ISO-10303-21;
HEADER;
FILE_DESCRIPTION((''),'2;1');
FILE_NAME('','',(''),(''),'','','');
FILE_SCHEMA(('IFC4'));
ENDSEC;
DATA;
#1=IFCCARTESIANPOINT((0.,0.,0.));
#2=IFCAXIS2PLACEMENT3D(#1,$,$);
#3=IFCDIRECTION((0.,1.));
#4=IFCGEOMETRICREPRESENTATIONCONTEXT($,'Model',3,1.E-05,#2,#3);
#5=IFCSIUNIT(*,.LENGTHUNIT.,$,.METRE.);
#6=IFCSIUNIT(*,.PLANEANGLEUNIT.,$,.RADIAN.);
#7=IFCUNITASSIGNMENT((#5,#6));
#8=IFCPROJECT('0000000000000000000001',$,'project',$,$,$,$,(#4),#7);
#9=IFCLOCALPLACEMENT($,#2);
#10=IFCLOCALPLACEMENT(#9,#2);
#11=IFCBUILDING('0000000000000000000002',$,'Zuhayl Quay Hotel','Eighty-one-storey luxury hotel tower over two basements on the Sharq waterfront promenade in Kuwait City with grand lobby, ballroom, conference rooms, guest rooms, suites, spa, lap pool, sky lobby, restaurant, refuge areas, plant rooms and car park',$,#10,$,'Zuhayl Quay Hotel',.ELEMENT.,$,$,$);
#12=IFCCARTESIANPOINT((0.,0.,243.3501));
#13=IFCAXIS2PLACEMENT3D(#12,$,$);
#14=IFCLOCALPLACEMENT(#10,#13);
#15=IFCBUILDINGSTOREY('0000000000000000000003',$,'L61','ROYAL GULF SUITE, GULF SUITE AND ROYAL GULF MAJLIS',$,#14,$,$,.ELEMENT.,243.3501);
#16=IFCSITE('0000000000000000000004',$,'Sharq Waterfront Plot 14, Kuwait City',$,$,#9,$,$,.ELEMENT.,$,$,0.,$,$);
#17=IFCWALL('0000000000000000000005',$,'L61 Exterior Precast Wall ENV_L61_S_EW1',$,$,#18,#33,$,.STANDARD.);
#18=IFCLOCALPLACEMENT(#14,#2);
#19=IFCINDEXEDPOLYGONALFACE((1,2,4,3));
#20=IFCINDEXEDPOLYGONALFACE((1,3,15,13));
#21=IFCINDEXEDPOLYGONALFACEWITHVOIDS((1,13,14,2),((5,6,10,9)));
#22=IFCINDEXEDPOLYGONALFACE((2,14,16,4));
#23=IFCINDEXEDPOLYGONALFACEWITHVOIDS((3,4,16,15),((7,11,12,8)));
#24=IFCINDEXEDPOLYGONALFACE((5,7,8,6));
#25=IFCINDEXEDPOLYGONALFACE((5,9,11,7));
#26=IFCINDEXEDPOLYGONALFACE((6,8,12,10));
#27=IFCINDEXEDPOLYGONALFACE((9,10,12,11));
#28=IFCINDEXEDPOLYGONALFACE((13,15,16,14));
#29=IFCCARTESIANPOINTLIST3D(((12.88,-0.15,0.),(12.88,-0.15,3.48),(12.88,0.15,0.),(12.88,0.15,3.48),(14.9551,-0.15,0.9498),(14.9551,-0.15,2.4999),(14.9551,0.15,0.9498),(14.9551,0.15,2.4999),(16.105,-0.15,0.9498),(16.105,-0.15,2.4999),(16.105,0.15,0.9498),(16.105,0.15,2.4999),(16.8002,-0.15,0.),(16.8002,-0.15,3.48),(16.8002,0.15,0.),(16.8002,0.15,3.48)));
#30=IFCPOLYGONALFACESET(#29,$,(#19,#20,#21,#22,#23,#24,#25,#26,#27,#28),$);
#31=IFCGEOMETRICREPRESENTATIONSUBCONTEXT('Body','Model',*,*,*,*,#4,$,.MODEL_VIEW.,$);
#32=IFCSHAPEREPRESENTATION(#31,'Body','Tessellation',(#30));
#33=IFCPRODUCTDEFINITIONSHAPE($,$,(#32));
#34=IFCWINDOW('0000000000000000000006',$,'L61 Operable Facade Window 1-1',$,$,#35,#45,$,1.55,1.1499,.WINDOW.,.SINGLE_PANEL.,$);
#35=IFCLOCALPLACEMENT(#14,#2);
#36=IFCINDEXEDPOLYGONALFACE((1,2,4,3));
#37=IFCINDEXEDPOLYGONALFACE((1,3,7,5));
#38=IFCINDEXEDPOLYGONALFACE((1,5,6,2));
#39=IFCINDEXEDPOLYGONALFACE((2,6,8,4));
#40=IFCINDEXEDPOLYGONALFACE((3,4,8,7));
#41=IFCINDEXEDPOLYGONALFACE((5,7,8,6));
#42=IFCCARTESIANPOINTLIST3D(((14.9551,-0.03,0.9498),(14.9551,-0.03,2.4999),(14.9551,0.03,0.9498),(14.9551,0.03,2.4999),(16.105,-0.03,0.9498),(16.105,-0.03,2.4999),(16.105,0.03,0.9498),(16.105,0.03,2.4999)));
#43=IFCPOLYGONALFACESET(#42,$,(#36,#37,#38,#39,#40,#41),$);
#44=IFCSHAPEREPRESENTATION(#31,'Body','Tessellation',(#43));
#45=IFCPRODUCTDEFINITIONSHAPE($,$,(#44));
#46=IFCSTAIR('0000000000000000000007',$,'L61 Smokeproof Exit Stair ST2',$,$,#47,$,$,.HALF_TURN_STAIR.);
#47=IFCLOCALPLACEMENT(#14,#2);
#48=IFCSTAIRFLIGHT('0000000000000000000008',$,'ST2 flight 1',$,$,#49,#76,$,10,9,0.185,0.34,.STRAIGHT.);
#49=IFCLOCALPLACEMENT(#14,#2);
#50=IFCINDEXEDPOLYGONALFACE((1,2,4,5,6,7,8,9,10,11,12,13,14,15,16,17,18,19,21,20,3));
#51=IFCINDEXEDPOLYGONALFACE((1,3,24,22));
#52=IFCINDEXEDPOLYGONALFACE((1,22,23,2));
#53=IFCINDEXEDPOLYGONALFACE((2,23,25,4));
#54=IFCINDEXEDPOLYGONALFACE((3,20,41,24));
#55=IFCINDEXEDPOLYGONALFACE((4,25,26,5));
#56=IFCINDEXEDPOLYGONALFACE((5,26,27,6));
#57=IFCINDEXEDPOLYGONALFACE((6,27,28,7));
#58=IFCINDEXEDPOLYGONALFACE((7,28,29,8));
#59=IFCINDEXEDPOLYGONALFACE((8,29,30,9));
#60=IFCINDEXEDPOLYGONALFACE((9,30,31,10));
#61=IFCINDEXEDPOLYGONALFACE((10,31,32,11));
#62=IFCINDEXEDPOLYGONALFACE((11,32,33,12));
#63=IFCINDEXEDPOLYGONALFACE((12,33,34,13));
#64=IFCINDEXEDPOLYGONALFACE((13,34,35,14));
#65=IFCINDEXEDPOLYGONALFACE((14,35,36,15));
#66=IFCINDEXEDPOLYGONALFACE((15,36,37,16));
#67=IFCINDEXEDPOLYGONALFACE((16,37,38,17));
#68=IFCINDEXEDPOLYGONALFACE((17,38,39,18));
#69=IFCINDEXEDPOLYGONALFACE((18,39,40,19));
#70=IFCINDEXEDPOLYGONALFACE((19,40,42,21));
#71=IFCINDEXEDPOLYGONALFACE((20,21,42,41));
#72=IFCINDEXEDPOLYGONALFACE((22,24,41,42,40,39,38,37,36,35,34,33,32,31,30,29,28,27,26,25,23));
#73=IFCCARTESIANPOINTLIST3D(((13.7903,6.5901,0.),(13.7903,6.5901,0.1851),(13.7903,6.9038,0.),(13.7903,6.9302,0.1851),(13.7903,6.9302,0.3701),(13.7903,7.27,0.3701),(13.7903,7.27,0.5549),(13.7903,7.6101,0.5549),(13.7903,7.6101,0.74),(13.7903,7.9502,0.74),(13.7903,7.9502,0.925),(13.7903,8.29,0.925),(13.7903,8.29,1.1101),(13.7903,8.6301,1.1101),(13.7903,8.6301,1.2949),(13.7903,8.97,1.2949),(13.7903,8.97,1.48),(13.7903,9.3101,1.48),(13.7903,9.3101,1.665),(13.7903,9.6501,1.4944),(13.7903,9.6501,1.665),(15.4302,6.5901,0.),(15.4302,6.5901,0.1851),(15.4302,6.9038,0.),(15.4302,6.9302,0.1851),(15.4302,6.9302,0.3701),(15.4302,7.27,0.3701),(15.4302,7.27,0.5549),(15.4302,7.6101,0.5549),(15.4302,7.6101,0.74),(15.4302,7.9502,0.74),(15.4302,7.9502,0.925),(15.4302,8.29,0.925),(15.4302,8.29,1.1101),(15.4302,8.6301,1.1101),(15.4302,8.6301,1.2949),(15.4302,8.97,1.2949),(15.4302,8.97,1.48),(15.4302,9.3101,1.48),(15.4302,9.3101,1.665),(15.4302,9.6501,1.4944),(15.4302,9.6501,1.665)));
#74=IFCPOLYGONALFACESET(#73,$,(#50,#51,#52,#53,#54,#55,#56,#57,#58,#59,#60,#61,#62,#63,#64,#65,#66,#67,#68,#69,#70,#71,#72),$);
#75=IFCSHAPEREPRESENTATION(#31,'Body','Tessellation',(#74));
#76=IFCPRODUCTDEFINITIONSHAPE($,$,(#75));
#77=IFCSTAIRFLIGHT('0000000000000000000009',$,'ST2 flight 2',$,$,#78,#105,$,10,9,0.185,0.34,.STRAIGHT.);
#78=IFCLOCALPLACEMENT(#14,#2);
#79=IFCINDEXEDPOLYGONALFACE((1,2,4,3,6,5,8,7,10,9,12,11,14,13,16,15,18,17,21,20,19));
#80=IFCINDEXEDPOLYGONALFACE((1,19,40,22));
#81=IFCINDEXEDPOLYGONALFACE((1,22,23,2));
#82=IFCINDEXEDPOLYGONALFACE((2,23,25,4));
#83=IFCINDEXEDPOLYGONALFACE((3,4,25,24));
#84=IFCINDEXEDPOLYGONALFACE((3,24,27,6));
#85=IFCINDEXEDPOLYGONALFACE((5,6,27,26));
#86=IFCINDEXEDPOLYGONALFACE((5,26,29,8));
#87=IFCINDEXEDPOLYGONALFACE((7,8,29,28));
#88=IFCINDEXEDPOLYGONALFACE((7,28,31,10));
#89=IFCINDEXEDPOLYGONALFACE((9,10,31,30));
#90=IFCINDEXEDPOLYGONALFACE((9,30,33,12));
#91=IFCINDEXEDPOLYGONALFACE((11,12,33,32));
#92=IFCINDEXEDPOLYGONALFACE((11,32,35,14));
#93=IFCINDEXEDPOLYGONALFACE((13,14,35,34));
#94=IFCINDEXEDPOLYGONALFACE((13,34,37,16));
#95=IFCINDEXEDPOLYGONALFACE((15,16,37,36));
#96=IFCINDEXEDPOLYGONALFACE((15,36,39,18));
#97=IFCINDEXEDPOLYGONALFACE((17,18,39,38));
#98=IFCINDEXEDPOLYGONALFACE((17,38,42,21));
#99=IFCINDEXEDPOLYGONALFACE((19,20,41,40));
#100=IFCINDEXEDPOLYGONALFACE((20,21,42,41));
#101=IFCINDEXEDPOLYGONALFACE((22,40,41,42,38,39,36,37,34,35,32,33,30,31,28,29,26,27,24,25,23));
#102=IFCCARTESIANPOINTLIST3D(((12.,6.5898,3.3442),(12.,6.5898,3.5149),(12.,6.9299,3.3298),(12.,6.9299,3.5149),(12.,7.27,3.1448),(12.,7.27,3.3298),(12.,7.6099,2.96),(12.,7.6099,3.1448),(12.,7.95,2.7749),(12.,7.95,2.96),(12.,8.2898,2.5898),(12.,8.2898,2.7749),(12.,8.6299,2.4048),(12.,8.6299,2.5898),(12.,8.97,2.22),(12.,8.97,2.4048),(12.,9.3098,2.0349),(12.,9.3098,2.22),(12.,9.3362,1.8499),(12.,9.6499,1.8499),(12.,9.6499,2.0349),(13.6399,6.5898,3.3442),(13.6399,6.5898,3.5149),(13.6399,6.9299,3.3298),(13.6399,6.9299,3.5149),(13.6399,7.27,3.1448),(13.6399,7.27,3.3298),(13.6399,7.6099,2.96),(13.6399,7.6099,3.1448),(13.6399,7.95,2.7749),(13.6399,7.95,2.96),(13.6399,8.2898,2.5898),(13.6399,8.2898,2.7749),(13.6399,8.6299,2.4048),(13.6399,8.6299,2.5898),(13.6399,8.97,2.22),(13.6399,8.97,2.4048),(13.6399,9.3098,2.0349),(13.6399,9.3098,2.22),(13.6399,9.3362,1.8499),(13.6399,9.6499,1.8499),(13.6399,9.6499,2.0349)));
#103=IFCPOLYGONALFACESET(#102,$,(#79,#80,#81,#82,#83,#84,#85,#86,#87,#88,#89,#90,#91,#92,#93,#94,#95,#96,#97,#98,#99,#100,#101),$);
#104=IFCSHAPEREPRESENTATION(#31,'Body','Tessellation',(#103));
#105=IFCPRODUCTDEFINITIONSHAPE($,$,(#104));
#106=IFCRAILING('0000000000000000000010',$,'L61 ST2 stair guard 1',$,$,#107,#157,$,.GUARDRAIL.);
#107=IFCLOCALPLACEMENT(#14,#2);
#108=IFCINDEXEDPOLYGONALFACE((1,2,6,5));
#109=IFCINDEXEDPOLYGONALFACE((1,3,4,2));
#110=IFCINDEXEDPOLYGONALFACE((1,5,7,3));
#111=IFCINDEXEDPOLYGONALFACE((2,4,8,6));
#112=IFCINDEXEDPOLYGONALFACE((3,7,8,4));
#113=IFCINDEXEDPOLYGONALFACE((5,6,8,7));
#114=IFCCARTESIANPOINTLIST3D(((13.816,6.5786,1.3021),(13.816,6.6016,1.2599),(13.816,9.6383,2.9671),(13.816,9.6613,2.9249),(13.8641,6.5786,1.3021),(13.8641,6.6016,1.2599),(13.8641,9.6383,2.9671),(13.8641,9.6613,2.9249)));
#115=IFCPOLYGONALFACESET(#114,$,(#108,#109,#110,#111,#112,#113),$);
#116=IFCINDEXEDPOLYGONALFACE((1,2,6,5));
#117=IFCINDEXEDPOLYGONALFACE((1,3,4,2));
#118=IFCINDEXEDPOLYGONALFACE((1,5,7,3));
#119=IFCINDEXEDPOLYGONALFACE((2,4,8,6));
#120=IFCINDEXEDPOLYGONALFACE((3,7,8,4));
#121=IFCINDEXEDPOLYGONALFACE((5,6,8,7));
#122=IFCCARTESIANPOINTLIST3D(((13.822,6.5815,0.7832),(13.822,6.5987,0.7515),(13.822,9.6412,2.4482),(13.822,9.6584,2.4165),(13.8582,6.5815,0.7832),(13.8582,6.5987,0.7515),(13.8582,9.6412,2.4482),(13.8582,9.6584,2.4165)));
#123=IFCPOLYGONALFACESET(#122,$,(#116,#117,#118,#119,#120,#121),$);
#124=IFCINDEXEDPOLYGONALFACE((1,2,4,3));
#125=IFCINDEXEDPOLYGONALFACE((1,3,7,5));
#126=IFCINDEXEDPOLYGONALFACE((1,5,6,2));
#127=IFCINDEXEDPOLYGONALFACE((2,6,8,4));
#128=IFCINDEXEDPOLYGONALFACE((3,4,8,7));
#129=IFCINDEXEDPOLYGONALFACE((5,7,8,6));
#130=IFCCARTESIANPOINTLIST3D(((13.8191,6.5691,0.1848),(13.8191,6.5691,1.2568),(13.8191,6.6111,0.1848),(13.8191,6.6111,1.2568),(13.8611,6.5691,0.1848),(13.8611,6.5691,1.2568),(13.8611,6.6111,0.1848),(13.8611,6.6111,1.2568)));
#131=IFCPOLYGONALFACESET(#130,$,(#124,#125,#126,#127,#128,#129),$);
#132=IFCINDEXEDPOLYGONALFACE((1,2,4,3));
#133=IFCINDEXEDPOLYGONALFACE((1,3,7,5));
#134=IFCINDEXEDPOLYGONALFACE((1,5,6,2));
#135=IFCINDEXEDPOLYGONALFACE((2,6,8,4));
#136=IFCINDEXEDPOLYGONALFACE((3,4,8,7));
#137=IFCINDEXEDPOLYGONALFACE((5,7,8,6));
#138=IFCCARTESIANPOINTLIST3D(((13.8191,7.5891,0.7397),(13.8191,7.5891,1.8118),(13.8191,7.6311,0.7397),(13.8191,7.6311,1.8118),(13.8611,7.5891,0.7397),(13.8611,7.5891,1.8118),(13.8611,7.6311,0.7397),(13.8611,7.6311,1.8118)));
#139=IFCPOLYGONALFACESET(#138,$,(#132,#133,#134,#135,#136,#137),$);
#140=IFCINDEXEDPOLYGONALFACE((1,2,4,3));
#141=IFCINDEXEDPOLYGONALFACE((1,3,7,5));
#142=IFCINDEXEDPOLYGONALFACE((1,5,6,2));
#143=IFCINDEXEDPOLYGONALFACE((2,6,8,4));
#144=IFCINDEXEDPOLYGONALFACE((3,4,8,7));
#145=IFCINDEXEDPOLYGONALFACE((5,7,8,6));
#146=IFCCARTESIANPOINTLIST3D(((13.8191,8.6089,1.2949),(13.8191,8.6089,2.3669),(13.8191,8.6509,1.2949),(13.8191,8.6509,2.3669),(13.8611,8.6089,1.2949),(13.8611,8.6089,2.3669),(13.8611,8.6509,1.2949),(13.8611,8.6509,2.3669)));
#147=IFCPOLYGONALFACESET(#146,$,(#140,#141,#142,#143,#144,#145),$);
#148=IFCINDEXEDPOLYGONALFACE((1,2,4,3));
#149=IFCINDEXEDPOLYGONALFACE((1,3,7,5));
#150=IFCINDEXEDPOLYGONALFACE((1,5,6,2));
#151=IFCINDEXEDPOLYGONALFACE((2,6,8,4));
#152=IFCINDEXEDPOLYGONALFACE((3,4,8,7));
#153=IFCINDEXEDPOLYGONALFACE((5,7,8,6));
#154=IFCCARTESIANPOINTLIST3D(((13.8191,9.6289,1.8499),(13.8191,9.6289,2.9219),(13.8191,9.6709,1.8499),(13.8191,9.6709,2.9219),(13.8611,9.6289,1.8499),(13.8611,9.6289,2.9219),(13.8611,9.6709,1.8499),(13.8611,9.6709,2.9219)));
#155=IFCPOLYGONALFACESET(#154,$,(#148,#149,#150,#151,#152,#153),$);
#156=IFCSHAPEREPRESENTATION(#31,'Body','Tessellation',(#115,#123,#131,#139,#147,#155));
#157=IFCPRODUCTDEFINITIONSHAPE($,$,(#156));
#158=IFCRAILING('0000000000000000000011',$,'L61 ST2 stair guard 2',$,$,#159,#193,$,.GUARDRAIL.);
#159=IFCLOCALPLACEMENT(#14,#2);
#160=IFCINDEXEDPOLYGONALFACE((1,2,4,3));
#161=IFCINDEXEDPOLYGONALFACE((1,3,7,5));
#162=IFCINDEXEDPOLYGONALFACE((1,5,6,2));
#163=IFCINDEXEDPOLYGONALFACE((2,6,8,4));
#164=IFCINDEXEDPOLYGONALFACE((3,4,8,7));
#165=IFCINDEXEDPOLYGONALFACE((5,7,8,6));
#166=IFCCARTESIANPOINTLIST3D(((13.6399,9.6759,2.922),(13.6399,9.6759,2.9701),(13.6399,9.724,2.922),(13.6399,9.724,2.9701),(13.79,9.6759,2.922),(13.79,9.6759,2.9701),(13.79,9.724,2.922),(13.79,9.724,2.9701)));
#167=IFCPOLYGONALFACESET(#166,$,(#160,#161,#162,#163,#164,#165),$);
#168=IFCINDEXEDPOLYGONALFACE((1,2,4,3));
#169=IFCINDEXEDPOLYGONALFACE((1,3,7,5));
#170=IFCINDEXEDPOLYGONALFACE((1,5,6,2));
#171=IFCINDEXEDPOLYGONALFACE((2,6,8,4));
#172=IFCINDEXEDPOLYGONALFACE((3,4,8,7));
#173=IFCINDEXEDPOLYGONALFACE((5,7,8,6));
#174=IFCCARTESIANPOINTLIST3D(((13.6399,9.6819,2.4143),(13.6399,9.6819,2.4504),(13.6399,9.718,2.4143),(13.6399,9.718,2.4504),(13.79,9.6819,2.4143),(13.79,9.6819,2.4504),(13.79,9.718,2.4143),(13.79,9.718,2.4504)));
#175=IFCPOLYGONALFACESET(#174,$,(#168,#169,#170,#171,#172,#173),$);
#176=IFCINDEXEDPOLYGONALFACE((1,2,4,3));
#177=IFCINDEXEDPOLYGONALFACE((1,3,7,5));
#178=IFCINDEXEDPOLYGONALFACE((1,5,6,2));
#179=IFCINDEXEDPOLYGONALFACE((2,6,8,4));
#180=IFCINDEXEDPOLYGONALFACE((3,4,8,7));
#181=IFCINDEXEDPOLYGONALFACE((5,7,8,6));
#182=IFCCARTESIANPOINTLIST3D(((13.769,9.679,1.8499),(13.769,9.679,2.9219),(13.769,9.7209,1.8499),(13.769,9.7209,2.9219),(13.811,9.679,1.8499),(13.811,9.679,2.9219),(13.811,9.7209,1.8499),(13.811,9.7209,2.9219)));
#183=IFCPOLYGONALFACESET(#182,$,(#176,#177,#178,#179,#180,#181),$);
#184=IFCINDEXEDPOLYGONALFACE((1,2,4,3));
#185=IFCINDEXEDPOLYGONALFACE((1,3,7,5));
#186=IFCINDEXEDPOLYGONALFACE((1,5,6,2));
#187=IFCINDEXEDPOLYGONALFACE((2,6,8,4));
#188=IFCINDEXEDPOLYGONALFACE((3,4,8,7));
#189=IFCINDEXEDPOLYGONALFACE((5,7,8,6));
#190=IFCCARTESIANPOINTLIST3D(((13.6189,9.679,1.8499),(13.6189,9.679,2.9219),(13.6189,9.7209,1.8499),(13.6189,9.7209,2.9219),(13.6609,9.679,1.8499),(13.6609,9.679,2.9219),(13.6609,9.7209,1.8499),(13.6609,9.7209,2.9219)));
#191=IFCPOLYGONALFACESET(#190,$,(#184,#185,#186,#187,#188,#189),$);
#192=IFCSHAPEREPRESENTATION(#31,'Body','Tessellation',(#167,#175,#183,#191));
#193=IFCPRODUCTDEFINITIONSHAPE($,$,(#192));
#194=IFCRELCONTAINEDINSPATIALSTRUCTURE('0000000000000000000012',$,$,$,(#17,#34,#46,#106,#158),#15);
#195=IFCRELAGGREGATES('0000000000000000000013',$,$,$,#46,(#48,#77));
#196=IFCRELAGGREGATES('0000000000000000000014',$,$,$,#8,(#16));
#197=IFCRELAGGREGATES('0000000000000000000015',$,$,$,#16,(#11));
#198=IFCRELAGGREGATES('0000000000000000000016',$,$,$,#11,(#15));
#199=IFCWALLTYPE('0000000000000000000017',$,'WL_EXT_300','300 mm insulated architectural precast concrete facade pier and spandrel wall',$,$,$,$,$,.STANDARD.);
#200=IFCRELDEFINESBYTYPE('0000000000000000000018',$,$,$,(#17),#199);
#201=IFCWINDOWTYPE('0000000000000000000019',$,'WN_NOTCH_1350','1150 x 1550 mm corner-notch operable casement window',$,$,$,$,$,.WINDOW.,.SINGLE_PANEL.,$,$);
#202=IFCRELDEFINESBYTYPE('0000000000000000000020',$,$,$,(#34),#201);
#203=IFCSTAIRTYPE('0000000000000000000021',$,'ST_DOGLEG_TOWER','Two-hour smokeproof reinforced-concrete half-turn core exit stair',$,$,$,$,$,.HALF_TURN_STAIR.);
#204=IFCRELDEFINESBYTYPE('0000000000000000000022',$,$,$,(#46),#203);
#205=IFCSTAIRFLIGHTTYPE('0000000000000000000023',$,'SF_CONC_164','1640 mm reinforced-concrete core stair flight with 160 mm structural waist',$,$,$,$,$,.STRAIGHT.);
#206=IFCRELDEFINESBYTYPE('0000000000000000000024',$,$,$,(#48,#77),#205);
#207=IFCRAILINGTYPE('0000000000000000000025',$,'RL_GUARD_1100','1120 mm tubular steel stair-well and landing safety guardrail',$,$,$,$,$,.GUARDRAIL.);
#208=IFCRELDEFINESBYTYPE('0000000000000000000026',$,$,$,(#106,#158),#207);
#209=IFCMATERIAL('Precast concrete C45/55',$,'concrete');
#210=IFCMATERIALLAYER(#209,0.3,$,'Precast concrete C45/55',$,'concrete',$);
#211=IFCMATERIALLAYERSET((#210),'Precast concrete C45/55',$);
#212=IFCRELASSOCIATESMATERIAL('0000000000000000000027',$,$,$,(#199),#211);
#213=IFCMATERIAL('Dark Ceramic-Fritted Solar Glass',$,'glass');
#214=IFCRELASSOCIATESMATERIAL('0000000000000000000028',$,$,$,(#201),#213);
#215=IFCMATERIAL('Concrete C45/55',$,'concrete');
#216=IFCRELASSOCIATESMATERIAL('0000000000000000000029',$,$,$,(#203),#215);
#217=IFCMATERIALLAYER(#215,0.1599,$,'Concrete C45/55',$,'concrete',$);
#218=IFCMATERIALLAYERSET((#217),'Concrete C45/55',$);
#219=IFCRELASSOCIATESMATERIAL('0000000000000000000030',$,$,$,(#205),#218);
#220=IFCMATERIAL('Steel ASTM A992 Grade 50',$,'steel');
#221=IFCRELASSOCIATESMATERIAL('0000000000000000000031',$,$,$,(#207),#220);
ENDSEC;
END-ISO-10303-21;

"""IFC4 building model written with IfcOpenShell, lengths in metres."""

from ifc_helpers import new_model, si_unit, direction, frame, frame_2d, origin, origin_2d, place, context, subcontext, project, spatial, polyline, rectangle, outline, extrude, material, layer, layer_set, type_object, element, fill, aggregate, save


model = new_model("IFC4")

# Units and contexts
model_context = context("Model", 3, precision=1e-05, world=origin(), true_north=direction((0.0, 1.0)))
body_context = subcontext(model_context, "Body", "Model", "MODEL_VIEW")
ifc_project = project(units=[si_unit("LENGTHUNIT", "METRE"), si_unit("PLANEANGLEUNIT", "RADIAN")], contexts=[model_context])

# Site, building, storey
site_placement = place(None, origin())
site = spatial("IfcSite", under=ifc_project, at=site_placement, Name="Sharq Waterfront Plot 14, Kuwait City", CompositionType="ELEMENT", RefElevation=0.0)
building_placement = place(site_placement, origin())
building = spatial("IfcBuilding", under=site, at=building_placement, Name="Zuhayl Quay Hotel", Description="Eighty-one-storey luxury hotel tower over two basements on the Sharq waterfront promenade in Kuwait City with grand lobby, ballroom, conference rooms, guest rooms, suites, spa, lap pool, sky lobby, restaurant, refuge areas, plant rooms and car park", LongName="Zuhayl Quay Hotel", CompositionType="ELEMENT")
storey_placement = place(building_placement, frame((0.0, 0.0, 243.3501)))
storey = spatial("IfcBuildingStorey", under=building, at=storey_placement, Name="L61", Description="ROYAL GULF SUITE, GULF SUITE AND ROYAL GULF MAJLIS", CompositionType="ELEMENT", Elevation=243.3501)

# Shared definitions
ifc_material_1 = material(Name="Steel ASTM A992 Grade 50", Category="steel")

# Shared definitions
ifc_material_2 = material(Name="Dark Ceramic-Fritted Solar Glass", Category="glass")

# Shared definitions
ifc_material_3 = material(Name="Precast concrete C45/55", Category="concrete")
ifc_layer_1 = layer(ifc_material_3, 0.3, Name="Precast concrete C45/55", Category="concrete")
ifc_layer_set_1 = layer_set([ifc_layer_1], Name="Precast concrete C45/55")
wall_type_1 = type_object("IfcWallType", Name="WL_EXT_300", Description="300 mm insulated architectural precast concrete facade pier and spandrel wall", PredefinedType="STANDARD", material=ifc_layer_set_1)

# Wall, opening, window
wall_1_placement = place(storey_placement, frame((16.8, 0.0, 0.0), z_axis=(0.0, 0.0, 1.0), x_axis=(-1.0, 0.0, 0.0)))
wall_1 = element("IfcWall", 1, at=wall_1_placement, inside=storey, type_object=wall_type_1, Name="L61 Exterior Precast Wall ENV_L61_S_EW1", PredefinedType="STANDARD", context=body_context, shape_type="SweptSolid", body=[
    extrude(rectangle(XDim=3.9202, YDim=0.3, at=frame_2d((1.96, 0.0))), origin(), (0.0, 0.0, 1.0), 3.48),
])
opening_1_placement = place(wall_1_placement, frame((0.6951, 0.0, 0.95)))
opening_1 = element("IfcOpeningElement", 2, at=opening_1_placement, cuts=wall_1, PredefinedType="OPENING", context=body_context, shape_type="SweptSolid", body=[
    extrude(rectangle(XDim=1.1499, YDim=1.55, at=frame_2d((0.575, 0.7749))), frame((0.0, 0.1599, 0.0), z_axis=(0.0, -1.0, 0.0), x_axis=(1.0, 0.0, 0.0)), (0.0, 0.0, 1.0), 0.3201),
])
window_type = type_object("IfcWindowType", Name="WN_NOTCH_1350", Description="1150 x 1550 mm corner-notch operable casement window", PartitioningType="SINGLE_PANEL", PredefinedType="WINDOW", material=ifc_material_2)
window_placement = place(opening_1_placement, origin())
window = element("IfcWindow", 3, at=window_placement, inside=storey, type_object=window_type, Name="L61 Operable Facade Window 1-1", OverallHeight=1.55, OverallWidth=1.1499, PartitioningType="SINGLE_PANEL", PredefinedType="WINDOW", context=body_context, shape_type="SweptSolid", body=[
    extrude(rectangle(XDim=1.1499, YDim=1.55, at=frame_2d((0.575, 0.7749))), frame((0.0, 0.03, 0.0), z_axis=(0.0, -1.0, 0.0), x_axis=(1.0, 0.0, 0.0)), (0.0, 0.0, 1.0), 0.0601),
])
fill(opening_1, window)

# Stair, stair flights
ifc_material_4 = material(Name="Concrete C45/55", Category="concrete")
stair_type = type_object("IfcStairType", Name="ST_DOGLEG_TOWER", Description="Two-hour smokeproof reinforced-concrete half-turn core exit stair", PredefinedType="HALF_TURN_STAIR", material=ifc_material_4)
stair_placement = place(storey_placement, origin())
stair = element("IfcStair", 4, at=stair_placement, inside=storey, type_object=stair_type, Name="L61 Smokeproof Exit Stair ST2", PredefinedType="HALF_TURN_STAIR")
ifc_layer_2 = layer(ifc_material_4, 0.1599, Name="Concrete C45/55", Category="concrete")
ifc_layer_set_2 = layer_set([ifc_layer_2], Name="Concrete C45/55")
stair_flight_type = type_object("IfcStairFlightType", Name="SF_CONC_164", Description="1640 mm reinforced-concrete core stair flight with 160 mm structural waist", PredefinedType="STRAIGHT", material=ifc_layer_set_2)
stair_flight_1_placement = place(storey_placement, frame((14.6101, 6.5901, 0.0), z_axis=(0.0, 0.0, 1.0), x_axis=(0.0, 1.0, 0.0)))
stair_flight_1 = element("IfcStairFlight", 5, at=stair_flight_1_placement, type_object=stair_flight_type, Name="ST2 flight 1", NumberOfRisers=10, NumberOfTreads=9, PredefinedType="STRAIGHT", RiserHeight=0.185, TreadLength=0.34, context=body_context, shape_type="SweptSolid", body=[
    extrude(outline(polyline([(0.0, 0.0), (0.0, 0.1851), (0.3401, 0.1851), (0.3401, 0.3701), (0.6799, 0.3701), (0.6799, 0.5549), (1.02, 0.5549), (1.02, 0.74), (1.3601, 0.74), (1.3601, 0.925), (1.7, 0.925), (1.7, 1.1101), (2.04, 1.1101), (2.04, 1.2949), (2.3799, 1.2949), (2.3799, 1.48), (2.72, 1.48), (2.72, 1.665), (3.0601, 1.665), (3.0601, 1.8501), (3.0601, 1.4944), (0.3137, 0.0), (0.0, 0.0)])), frame((0.0, 0.8198, 0.0), z_axis=(0.0, -1.0, 0.0), x_axis=(1.0, 0.0, 0.0)), (0.0, 0.0, 1.0), 1.6399),
])
stair_flight_2_placement = place(storey_placement, frame((12.8201, 9.6499, 1.8499), z_axis=(0.0, 0.0, 1.0), x_axis=(0.0, -1.0, 0.0)))
stair_flight_2 = element("IfcStairFlight", 6, at=stair_flight_2_placement, type_object=stair_flight_type, Name="ST2 flight 2", NumberOfRisers=10, NumberOfTreads=9, PredefinedType="STRAIGHT", RiserHeight=0.185, TreadLength=0.34, context=body_context, shape_type="SweptSolid", body=[
    extrude(outline(polyline([(0.0, 0.0), (0.0, 0.1851), (0.3401, 0.1851), (0.3401, 0.3701), (0.6799, 0.3701), (0.6799, 0.5549), (1.02, 0.5549), (1.02, 0.74), (1.3601, 0.74), (1.3601, 0.925), (1.7, 0.925), (1.7, 1.1101), (2.04, 1.1101), (2.04, 1.2949), (2.3799, 1.2949), (2.3799, 1.48), (2.72, 1.48), (2.72, 1.665), (3.0601, 1.665), (3.0601, 1.8501), (3.0601, 1.4944), (0.3137, 0.0), (0.0, 0.0)])), frame((0.0, 0.8198, 0.0), z_axis=(0.0, -1.0, 0.0), x_axis=(1.0, 0.0, 0.0)), (0.0, 0.0, 1.0), 1.6399),
])
aggregate(stair, [stair_flight_1, stair_flight_2])

# Railings
railing_type_1 = type_object("IfcRailingType", Name="RL_GUARD_1100", Description="1120 mm tubular steel stair-well and landing safety guardrail", PredefinedType="GUARDRAIL", material=ifc_material_1)
railing_1_placement = place(storey_placement, frame((13.8401, 6.5901, 0.1848)))
element("IfcRailing", 7, at=railing_1_placement, inside=storey, type_object=railing_type_1, Name="L61 ST2 stair guard 1", PredefinedType="GUARDRAIL", context=body_context, shape_type="SweptSolid", body=[
    extrude(rectangle(XDim=0.0481, YDim=0.0481, at=origin_2d()), frame((0.0, 0.0, 1.0962), z_axis=(0.0, 0.878372, 0.477978), x_axis=(-1.0, 0.0, 0.0)), (0.0, 0.0, 1.0), 3.4834),
    extrude(rectangle(XDim=0.0361, YDim=0.0361, at=origin_2d()), frame((0.0, 0.0, 0.5825), z_axis=(0.0, 0.878372, 0.477978), x_axis=(-1.0, 0.0, 0.0)), (0.0, 0.0, 1.0), 3.4834),
    extrude(rectangle(XDim=0.042, YDim=0.042, at=origin_2d()), origin(), (0.0, 0.0, 1.0), 1.072),
    extrude(rectangle(XDim=0.042, YDim=0.042, at=origin_2d()), frame((0.0, 1.02, 0.5549)), (0.0, 0.0, 1.0), 1.072),
    extrude(rectangle(XDim=0.042, YDim=0.042, at=origin_2d()), frame((0.0, 2.0398, 1.1101)), (0.0, 0.0, 1.0), 1.072),
    extrude(rectangle(XDim=0.042, YDim=0.042, at=origin_2d()), frame((0.0, 3.0598, 1.665)), (0.0, 0.0, 1.0), 1.072),
])
railing_2_placement = place(storey_placement, frame((13.79, 9.7, 1.8499)))
element("IfcRailing", 8, at=railing_2_placement, inside=storey, type_object=railing_type_1, Name="L61 ST2 stair guard 2", PredefinedType="GUARDRAIL", context=body_context, shape_type="SweptSolid", body=[
    extrude(rectangle(XDim=0.0481, YDim=0.0481, at=origin_2d()), frame((0.0, 0.0, 1.0962), z_axis=(-1.0, 0.0, 0.0), x_axis=(0.0, -1.0, 0.0)), (0.0, 0.0, 1.0), 0.1501),
    extrude(rectangle(XDim=0.0361, YDim=0.0361, at=origin_2d()), frame((0.0, 0.0, 0.5825), z_axis=(-1.0, 0.0, 0.0), x_axis=(0.0, -1.0, 0.0)), (0.0, 0.0, 1.0), 0.1501),
    extrude(rectangle(XDim=0.042, YDim=0.042, at=origin_2d()), origin(), (0.0, 0.0, 1.0), 1.072),
    extrude(rectangle(XDim=0.042, YDim=0.042, at=origin_2d()), frame((-0.1501, 0.0, 0.0)), (0.0, 0.0, 1.0), 1.072),
])

save(model, "model.ifc")
